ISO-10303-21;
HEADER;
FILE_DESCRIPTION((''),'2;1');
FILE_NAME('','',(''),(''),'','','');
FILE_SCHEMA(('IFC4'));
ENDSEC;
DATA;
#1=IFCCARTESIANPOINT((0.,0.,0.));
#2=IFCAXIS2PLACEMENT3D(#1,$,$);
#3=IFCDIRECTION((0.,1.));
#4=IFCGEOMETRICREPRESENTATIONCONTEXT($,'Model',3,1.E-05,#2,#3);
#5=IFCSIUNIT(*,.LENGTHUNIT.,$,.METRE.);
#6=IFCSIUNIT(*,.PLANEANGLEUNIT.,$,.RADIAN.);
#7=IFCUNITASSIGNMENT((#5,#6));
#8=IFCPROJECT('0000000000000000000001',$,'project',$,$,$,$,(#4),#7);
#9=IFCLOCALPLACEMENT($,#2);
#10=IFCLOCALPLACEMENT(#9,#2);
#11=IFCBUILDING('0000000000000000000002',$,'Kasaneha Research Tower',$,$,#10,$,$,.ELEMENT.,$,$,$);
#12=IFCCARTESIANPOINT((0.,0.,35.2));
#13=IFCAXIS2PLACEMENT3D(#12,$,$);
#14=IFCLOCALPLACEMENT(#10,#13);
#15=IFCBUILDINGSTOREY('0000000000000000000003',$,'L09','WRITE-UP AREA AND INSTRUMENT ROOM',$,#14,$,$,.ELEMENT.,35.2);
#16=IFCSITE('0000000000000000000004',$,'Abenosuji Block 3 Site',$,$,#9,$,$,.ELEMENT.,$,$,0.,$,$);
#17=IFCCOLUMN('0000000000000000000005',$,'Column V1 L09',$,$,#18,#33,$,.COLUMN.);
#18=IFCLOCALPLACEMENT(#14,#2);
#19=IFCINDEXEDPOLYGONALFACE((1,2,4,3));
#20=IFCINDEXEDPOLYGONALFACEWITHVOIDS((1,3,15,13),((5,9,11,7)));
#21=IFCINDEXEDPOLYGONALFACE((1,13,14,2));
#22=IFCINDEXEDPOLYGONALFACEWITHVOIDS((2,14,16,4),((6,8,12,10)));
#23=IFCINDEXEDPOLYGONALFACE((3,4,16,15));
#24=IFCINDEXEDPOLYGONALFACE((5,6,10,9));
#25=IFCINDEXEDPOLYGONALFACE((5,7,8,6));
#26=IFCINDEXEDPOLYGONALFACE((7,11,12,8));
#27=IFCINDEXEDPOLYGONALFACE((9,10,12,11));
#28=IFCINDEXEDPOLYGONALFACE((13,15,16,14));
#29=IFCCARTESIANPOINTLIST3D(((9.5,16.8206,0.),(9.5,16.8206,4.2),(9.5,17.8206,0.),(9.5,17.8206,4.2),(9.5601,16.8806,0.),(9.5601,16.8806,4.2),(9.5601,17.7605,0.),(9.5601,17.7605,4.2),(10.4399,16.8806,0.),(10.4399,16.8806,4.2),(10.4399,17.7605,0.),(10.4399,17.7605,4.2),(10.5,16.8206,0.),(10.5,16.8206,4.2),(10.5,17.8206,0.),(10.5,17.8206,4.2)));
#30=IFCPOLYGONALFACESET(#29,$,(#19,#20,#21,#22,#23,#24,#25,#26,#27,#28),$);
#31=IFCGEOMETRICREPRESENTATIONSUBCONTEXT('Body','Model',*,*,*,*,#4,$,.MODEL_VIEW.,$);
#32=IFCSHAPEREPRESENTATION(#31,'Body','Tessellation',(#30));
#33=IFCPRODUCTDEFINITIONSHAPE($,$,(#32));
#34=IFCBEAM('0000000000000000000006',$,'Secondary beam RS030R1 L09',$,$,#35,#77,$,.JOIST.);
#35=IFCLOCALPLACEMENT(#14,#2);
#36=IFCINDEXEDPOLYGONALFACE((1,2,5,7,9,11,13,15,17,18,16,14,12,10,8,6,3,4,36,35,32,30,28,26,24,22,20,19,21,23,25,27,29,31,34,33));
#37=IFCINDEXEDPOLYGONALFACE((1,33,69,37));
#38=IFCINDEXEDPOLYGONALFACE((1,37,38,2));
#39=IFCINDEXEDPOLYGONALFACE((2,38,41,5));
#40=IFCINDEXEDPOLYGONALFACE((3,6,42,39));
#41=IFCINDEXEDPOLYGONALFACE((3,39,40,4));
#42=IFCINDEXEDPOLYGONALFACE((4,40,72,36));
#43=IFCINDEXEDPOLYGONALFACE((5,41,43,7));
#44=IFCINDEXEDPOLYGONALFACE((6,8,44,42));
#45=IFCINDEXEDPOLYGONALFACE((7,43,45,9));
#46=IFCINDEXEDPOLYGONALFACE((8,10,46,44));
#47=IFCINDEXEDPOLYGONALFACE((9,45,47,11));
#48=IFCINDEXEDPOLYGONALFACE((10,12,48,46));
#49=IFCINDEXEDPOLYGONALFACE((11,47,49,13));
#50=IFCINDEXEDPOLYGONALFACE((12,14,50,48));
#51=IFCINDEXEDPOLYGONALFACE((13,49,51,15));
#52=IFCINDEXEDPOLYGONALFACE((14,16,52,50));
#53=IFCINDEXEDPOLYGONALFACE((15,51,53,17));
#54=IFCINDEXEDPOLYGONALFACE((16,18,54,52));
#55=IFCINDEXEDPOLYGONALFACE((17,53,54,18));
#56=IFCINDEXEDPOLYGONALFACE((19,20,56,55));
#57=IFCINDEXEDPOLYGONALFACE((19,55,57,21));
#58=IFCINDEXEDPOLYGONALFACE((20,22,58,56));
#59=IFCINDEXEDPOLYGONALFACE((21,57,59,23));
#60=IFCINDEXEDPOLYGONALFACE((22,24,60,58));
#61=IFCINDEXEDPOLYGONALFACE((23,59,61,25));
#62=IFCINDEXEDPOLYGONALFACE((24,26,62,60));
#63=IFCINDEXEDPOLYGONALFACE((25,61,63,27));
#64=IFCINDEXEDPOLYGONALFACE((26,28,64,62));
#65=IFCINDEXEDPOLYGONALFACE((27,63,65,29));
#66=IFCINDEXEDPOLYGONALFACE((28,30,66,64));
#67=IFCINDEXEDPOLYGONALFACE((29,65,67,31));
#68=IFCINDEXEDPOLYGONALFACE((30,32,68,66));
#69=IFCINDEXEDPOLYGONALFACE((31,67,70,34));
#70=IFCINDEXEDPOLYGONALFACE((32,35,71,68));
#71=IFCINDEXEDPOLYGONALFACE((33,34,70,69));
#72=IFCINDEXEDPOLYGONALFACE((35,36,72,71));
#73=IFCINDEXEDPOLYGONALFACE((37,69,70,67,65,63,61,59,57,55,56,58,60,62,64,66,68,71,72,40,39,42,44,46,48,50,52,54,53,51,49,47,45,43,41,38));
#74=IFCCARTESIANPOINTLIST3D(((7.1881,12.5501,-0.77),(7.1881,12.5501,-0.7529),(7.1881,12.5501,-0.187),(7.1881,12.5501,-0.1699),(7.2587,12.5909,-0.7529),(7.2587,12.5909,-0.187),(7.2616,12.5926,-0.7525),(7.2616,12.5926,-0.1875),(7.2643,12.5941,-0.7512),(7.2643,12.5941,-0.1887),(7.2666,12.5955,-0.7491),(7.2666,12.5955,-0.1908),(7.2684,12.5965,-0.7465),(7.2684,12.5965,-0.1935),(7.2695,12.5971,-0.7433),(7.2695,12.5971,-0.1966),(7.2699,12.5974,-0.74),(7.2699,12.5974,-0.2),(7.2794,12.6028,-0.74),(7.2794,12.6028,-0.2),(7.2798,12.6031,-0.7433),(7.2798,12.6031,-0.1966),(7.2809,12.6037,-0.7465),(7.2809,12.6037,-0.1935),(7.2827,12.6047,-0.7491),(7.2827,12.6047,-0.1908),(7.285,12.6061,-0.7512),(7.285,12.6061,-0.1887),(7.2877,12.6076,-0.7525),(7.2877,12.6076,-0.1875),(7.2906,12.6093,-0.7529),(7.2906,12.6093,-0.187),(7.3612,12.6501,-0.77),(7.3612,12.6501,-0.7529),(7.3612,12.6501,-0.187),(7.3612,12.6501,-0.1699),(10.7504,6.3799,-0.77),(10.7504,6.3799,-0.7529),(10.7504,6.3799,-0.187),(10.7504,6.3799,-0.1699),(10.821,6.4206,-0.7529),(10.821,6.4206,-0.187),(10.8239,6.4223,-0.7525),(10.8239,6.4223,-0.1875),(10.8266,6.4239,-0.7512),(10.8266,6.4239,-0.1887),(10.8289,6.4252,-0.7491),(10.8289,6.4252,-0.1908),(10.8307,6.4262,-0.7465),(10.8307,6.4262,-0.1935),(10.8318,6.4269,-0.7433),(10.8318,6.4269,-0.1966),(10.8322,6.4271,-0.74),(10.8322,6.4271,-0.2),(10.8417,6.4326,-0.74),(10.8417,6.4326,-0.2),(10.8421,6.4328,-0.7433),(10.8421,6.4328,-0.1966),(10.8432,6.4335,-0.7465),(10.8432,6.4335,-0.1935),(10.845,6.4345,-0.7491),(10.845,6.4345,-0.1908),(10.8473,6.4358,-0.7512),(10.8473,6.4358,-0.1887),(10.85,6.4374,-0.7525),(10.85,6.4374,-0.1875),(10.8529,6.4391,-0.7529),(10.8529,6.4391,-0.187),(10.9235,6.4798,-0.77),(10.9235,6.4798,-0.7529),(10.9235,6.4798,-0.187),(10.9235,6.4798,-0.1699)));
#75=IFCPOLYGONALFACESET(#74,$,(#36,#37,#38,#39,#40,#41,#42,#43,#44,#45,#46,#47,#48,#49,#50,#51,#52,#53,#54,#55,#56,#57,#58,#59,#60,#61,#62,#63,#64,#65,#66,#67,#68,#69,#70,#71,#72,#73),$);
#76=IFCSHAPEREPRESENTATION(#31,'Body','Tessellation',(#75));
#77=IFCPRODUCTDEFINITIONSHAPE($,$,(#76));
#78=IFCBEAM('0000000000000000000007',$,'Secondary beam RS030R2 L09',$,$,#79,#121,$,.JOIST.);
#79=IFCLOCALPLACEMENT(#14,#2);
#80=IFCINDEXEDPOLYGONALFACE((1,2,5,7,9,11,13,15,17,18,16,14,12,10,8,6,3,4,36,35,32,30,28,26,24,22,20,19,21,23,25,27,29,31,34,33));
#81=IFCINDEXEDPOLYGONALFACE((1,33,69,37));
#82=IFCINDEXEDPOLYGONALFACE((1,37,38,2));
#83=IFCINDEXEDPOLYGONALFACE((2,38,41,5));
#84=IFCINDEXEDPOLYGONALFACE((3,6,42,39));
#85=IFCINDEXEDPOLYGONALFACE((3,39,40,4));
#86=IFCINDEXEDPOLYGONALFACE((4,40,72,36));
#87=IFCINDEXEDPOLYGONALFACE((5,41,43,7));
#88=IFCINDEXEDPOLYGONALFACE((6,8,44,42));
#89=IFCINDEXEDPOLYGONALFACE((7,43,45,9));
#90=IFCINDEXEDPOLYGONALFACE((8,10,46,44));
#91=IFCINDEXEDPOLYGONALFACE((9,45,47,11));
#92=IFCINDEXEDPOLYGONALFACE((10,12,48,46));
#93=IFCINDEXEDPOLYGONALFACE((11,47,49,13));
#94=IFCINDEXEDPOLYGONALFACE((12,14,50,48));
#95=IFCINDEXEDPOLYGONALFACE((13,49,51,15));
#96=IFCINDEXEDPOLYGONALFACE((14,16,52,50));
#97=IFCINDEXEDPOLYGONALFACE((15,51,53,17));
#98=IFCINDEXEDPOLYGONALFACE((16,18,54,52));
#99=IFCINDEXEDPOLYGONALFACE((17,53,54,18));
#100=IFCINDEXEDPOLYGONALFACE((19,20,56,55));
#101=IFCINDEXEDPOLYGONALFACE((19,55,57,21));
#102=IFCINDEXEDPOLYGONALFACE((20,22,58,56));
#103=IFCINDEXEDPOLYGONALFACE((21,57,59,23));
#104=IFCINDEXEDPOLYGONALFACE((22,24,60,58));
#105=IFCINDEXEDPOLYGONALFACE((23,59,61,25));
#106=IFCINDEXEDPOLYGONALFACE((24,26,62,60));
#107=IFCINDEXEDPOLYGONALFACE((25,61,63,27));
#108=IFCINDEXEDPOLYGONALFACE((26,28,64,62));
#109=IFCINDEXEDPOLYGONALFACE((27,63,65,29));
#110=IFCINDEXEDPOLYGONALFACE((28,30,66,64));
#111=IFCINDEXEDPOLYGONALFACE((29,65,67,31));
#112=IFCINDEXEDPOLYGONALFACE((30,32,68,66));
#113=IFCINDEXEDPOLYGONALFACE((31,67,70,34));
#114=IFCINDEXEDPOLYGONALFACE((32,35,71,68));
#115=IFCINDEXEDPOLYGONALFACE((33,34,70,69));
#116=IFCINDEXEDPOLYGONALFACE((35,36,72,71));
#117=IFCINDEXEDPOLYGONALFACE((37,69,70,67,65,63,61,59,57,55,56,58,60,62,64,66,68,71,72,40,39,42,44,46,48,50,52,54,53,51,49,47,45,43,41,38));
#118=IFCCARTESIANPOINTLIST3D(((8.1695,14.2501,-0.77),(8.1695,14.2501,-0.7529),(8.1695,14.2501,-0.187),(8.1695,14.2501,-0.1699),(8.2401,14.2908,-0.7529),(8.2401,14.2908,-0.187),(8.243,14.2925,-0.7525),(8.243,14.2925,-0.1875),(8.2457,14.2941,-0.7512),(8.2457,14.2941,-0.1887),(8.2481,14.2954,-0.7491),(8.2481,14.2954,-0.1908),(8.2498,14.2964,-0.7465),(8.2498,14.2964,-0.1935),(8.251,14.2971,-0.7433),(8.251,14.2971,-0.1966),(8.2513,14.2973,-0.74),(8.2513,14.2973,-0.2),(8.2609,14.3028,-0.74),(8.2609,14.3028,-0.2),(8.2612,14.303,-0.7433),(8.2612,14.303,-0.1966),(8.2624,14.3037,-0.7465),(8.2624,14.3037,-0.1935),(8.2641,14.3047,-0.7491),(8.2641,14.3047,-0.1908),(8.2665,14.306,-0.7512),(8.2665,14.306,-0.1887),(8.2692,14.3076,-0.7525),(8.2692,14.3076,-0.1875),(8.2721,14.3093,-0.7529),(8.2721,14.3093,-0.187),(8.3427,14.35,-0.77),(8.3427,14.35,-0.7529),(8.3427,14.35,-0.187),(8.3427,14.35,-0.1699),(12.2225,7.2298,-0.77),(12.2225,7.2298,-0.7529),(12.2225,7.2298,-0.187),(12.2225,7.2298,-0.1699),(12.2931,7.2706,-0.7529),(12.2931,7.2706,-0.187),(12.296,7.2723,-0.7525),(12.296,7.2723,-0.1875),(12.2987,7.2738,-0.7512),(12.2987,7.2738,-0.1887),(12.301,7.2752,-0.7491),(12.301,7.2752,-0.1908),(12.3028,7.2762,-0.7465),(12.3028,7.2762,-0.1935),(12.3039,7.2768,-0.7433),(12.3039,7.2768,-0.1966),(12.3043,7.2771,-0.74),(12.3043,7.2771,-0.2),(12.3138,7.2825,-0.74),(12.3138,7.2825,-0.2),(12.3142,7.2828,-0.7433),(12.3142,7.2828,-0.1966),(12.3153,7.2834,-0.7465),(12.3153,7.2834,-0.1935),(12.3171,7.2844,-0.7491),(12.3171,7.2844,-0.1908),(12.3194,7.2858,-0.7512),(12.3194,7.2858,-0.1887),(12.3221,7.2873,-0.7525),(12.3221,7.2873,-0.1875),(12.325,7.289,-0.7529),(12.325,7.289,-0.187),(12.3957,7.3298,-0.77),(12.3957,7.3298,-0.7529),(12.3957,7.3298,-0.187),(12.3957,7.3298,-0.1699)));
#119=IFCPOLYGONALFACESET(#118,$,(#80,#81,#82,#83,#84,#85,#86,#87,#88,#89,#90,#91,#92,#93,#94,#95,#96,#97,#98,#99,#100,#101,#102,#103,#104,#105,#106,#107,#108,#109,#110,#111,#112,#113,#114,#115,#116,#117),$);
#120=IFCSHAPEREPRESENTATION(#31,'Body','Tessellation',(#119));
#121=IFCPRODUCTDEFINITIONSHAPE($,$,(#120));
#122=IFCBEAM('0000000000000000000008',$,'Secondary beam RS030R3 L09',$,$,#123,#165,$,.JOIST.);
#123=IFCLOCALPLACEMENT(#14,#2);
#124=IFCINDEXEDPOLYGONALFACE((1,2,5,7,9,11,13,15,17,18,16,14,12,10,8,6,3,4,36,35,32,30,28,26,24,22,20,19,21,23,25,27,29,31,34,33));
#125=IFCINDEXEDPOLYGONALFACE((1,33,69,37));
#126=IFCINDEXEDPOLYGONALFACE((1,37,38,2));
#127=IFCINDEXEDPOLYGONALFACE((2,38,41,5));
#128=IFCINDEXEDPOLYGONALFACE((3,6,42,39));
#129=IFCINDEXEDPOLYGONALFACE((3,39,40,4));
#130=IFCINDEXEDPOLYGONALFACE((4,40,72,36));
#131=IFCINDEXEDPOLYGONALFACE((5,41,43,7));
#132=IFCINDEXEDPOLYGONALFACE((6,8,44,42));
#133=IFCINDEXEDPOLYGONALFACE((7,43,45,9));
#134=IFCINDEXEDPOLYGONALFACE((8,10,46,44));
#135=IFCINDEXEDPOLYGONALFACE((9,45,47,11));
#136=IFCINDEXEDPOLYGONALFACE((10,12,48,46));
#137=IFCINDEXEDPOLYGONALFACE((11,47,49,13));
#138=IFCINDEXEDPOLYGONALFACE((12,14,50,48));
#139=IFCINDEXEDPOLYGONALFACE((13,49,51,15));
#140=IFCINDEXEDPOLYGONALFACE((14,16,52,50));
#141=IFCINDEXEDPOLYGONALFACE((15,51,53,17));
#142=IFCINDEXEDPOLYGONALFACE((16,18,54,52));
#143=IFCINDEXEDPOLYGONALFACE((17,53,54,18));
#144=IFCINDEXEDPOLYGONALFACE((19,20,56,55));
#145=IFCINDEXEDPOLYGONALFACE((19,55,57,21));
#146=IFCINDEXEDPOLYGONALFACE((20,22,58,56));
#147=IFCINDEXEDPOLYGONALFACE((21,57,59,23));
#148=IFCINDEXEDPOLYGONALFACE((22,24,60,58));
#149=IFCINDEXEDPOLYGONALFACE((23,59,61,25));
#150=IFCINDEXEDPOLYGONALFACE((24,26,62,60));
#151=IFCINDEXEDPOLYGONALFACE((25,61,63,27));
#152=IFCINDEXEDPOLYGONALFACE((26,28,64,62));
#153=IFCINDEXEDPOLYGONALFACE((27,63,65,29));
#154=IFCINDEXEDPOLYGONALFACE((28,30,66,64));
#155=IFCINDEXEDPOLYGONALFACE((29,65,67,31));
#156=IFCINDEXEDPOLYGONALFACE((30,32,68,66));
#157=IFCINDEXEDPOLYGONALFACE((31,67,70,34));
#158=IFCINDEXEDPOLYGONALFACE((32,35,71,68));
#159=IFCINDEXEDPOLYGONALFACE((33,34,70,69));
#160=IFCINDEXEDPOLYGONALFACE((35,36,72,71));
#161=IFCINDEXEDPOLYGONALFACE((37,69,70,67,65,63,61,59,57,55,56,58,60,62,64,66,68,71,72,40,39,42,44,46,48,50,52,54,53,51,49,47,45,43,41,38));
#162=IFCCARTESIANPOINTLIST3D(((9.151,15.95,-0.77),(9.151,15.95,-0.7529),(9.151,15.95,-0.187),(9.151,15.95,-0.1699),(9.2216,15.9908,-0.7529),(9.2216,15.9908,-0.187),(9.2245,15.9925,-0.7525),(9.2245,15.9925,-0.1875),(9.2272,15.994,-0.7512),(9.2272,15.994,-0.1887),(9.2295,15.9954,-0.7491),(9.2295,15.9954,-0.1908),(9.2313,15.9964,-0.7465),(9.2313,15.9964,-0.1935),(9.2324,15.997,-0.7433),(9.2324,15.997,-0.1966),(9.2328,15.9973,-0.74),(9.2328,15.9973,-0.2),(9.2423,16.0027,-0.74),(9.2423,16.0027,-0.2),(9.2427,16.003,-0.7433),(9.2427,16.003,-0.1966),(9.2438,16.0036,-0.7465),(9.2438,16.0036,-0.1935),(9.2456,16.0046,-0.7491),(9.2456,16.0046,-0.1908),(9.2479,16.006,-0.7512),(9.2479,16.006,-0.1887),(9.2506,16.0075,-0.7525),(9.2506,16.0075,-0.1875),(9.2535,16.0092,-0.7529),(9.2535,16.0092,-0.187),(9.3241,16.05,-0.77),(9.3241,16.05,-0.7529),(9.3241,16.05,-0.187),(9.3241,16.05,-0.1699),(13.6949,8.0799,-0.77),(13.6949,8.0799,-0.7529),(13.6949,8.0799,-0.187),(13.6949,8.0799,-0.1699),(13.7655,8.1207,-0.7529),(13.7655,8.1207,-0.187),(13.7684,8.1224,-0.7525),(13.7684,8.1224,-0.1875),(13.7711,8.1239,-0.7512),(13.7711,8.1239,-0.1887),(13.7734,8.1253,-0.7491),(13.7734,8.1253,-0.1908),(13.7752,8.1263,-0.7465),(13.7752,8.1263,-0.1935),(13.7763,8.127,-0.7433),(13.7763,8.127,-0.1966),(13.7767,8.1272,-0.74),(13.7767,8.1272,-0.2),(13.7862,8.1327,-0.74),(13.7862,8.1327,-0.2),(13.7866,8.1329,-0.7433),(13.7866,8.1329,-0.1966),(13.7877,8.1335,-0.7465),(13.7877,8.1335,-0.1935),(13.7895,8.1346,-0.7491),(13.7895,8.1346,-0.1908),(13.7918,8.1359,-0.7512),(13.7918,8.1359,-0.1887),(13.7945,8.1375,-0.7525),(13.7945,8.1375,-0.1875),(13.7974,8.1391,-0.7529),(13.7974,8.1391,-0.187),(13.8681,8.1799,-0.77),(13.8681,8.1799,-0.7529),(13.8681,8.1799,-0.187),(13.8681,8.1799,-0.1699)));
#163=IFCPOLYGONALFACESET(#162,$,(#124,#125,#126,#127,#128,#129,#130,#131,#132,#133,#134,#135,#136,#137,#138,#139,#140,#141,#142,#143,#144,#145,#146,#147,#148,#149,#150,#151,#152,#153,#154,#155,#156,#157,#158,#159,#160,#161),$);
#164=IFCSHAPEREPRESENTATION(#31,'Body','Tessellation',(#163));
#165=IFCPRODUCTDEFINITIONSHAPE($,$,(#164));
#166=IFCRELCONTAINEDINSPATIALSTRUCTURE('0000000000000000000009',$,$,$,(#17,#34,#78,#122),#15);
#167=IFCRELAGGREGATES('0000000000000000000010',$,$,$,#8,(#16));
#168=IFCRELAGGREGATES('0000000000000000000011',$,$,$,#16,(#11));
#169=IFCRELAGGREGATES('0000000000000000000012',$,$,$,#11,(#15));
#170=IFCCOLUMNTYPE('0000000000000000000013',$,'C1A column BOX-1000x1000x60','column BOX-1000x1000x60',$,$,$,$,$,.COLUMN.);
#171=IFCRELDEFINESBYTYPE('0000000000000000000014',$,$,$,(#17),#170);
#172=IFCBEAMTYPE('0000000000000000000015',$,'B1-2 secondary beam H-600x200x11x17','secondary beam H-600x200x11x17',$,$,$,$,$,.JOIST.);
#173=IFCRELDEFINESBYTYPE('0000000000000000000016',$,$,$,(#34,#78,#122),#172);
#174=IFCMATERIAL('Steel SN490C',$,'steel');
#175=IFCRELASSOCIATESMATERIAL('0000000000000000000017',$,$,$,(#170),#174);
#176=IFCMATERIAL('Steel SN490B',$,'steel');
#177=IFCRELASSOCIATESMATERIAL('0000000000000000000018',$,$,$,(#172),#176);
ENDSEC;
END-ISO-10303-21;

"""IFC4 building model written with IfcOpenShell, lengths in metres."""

from ifc_helpers import new_model, si_unit, direction, frame, origin, origin_2d, place, context, subcontext, project, spatial, hollow_rectangle, i_section, extrude, material, material_profile, profile_set, type_object, element, save


model = new_model("IFC4")

# Units and contexts
model_context = context("Model", 3, precision=1e-05, world=origin(), true_north=direction((0.0, 1.0)))
body_context = subcontext(model_context, "Body", "Model", "MODEL_VIEW")
ifc_project = project(units=[si_unit("LENGTHUNIT", "METRE"), si_unit("PLANEANGLEUNIT", "RADIAN")], contexts=[model_context])

# Site, building, storey
site_placement = place(None, origin())
site = spatial("IfcSite", under=ifc_project, at=site_placement, Name="Abenosuji Block 3 Site", CompositionType="ELEMENT", RefElevation=0.0)
building_placement = place(site_placement, origin())
building = spatial("IfcBuilding", under=site, at=building_placement, Name="Kasaneha Research Tower", CompositionType="ELEMENT")
storey_placement = place(building_placement, frame((0.0, 0.0, 35.2)))
storey = spatial("IfcBuildingStorey", under=building, at=storey_placement, Name="L09", Description="WRITE-UP AREA AND INSTRUMENT ROOM", CompositionType="ELEMENT", Elevation=35.2)

# Column
ifc_material_1 = material(Name="Steel SN490C", Category="steel")
ifc_material_profile_1 = material_profile(ifc_material_1, hollow_rectangle(XDim=1.0, YDim=1.0, WallThickness=0.0601, at=origin_2d()), Name="BOX-1000x1000x60")
ifc_profile_set_1 = profile_set([ifc_material_profile_1], Name="Steel SN490C")
column_type = type_object("IfcColumnType", Name="C1A column BOX-1000x1000x60", Description="column BOX-1000x1000x60", PredefinedType="COLUMN", material=ifc_profile_set_1)
column_placement = place(storey_placement, frame((10.0, 17.3206, 0.0), z_axis=(0.0, 0.0, 1.0), x_axis=(1.0, 0.0, 0.0)))
element("IfcColumn", 1, at=column_placement, inside=storey, type_object=column_type, Name="Column V1 L09", PredefinedType="COLUMN", context=body_context, shape_type="SweptSolid", body=[
    extrude(hollow_rectangle(XDim=1.0, YDim=1.0, WallThickness=0.0601, at=origin_2d()), origin(), (0.0, 0.0, 1.0), 4.2),
])

# Beams
ifc_material_2 = material(Name="Steel SN490B", Category="steel")
ifc_material_profile_2 = material_profile(ifc_material_2, i_section(OverallWidth=0.2, OverallDepth=0.6001, WebThickness=0.011, FlangeThickness=0.0171, FilletRadius=0.0129, at=origin_2d()), Name="H-600x200x11x17")
ifc_profile_set_2 = profile_set([ifc_material_profile_2], Name="Steel SN490B")
beam_type_1 = type_object("IfcBeamType", Name="B1-2 secondary beam H-600x200x11x17", Description="secondary beam H-600x200x11x17", PredefinedType="JOIST", material=ifc_profile_set_2)
beam_1_placement = place(storey_placement, frame((7.2747, 12.6001, -0.47), z_axis=(0.49999, -0.866031, 0.0), x_axis=(0.866031, 0.49999, 0.0)))
element("IfcBeam", 2, at=beam_1_placement, inside=storey, type_object=beam_type_1, Name="Secondary beam RS030R1 L09", PredefinedType="JOIST", context=body_context, shape_type="SweptSolid", body=[
    extrude(i_section(OverallWidth=0.2, OverallDepth=0.6001, WebThickness=0.011, FlangeThickness=0.0171, FilletRadius=0.0129, at=origin_2d()), origin(), (0.0, 0.0, 1.0), 7.1248),
])
beam_2_placement = place(storey_placement, frame((8.2561, 14.3, -0.47), z_axis=(0.499984, -0.866035, 0.0), x_axis=(0.866035, 0.499984, 0.0)))
element("IfcBeam", 3, at=beam_2_placement, inside=storey, type_object=beam_type_1, Name="Secondary beam RS030R2 L09", PredefinedType="JOIST", context=body_context, shape_type="SweptSolid", body=[
    extrude(i_section(OverallWidth=0.2, OverallDepth=0.6001, WebThickness=0.011, FlangeThickness=0.0171, FilletRadius=0.0129, at=origin_2d()), origin(), (0.0, 0.0, 1.0), 8.1062),
])
beam_3_placement = place(storey_placement, frame((9.2375, 16.0, -0.47), z_axis=(0.500011, -0.866019, 0.0), x_axis=(0.866019, 0.500011, 0.0)))
element("IfcBeam", 4, at=beam_3_placement, inside=storey, type_object=beam_type_1, Name="Secondary beam RS030R3 L09", PredefinedType="JOIST", context=body_context, shape_type="SweptSolid", body=[
    extrude(i_section(OverallWidth=0.2, OverallDepth=0.6001, WebThickness=0.011, FlangeThickness=0.0171, FilletRadius=0.0129, at=origin_2d()), origin(), (0.0, 0.0, 1.0), 9.0876),
])

save(model, "model.ifc")
